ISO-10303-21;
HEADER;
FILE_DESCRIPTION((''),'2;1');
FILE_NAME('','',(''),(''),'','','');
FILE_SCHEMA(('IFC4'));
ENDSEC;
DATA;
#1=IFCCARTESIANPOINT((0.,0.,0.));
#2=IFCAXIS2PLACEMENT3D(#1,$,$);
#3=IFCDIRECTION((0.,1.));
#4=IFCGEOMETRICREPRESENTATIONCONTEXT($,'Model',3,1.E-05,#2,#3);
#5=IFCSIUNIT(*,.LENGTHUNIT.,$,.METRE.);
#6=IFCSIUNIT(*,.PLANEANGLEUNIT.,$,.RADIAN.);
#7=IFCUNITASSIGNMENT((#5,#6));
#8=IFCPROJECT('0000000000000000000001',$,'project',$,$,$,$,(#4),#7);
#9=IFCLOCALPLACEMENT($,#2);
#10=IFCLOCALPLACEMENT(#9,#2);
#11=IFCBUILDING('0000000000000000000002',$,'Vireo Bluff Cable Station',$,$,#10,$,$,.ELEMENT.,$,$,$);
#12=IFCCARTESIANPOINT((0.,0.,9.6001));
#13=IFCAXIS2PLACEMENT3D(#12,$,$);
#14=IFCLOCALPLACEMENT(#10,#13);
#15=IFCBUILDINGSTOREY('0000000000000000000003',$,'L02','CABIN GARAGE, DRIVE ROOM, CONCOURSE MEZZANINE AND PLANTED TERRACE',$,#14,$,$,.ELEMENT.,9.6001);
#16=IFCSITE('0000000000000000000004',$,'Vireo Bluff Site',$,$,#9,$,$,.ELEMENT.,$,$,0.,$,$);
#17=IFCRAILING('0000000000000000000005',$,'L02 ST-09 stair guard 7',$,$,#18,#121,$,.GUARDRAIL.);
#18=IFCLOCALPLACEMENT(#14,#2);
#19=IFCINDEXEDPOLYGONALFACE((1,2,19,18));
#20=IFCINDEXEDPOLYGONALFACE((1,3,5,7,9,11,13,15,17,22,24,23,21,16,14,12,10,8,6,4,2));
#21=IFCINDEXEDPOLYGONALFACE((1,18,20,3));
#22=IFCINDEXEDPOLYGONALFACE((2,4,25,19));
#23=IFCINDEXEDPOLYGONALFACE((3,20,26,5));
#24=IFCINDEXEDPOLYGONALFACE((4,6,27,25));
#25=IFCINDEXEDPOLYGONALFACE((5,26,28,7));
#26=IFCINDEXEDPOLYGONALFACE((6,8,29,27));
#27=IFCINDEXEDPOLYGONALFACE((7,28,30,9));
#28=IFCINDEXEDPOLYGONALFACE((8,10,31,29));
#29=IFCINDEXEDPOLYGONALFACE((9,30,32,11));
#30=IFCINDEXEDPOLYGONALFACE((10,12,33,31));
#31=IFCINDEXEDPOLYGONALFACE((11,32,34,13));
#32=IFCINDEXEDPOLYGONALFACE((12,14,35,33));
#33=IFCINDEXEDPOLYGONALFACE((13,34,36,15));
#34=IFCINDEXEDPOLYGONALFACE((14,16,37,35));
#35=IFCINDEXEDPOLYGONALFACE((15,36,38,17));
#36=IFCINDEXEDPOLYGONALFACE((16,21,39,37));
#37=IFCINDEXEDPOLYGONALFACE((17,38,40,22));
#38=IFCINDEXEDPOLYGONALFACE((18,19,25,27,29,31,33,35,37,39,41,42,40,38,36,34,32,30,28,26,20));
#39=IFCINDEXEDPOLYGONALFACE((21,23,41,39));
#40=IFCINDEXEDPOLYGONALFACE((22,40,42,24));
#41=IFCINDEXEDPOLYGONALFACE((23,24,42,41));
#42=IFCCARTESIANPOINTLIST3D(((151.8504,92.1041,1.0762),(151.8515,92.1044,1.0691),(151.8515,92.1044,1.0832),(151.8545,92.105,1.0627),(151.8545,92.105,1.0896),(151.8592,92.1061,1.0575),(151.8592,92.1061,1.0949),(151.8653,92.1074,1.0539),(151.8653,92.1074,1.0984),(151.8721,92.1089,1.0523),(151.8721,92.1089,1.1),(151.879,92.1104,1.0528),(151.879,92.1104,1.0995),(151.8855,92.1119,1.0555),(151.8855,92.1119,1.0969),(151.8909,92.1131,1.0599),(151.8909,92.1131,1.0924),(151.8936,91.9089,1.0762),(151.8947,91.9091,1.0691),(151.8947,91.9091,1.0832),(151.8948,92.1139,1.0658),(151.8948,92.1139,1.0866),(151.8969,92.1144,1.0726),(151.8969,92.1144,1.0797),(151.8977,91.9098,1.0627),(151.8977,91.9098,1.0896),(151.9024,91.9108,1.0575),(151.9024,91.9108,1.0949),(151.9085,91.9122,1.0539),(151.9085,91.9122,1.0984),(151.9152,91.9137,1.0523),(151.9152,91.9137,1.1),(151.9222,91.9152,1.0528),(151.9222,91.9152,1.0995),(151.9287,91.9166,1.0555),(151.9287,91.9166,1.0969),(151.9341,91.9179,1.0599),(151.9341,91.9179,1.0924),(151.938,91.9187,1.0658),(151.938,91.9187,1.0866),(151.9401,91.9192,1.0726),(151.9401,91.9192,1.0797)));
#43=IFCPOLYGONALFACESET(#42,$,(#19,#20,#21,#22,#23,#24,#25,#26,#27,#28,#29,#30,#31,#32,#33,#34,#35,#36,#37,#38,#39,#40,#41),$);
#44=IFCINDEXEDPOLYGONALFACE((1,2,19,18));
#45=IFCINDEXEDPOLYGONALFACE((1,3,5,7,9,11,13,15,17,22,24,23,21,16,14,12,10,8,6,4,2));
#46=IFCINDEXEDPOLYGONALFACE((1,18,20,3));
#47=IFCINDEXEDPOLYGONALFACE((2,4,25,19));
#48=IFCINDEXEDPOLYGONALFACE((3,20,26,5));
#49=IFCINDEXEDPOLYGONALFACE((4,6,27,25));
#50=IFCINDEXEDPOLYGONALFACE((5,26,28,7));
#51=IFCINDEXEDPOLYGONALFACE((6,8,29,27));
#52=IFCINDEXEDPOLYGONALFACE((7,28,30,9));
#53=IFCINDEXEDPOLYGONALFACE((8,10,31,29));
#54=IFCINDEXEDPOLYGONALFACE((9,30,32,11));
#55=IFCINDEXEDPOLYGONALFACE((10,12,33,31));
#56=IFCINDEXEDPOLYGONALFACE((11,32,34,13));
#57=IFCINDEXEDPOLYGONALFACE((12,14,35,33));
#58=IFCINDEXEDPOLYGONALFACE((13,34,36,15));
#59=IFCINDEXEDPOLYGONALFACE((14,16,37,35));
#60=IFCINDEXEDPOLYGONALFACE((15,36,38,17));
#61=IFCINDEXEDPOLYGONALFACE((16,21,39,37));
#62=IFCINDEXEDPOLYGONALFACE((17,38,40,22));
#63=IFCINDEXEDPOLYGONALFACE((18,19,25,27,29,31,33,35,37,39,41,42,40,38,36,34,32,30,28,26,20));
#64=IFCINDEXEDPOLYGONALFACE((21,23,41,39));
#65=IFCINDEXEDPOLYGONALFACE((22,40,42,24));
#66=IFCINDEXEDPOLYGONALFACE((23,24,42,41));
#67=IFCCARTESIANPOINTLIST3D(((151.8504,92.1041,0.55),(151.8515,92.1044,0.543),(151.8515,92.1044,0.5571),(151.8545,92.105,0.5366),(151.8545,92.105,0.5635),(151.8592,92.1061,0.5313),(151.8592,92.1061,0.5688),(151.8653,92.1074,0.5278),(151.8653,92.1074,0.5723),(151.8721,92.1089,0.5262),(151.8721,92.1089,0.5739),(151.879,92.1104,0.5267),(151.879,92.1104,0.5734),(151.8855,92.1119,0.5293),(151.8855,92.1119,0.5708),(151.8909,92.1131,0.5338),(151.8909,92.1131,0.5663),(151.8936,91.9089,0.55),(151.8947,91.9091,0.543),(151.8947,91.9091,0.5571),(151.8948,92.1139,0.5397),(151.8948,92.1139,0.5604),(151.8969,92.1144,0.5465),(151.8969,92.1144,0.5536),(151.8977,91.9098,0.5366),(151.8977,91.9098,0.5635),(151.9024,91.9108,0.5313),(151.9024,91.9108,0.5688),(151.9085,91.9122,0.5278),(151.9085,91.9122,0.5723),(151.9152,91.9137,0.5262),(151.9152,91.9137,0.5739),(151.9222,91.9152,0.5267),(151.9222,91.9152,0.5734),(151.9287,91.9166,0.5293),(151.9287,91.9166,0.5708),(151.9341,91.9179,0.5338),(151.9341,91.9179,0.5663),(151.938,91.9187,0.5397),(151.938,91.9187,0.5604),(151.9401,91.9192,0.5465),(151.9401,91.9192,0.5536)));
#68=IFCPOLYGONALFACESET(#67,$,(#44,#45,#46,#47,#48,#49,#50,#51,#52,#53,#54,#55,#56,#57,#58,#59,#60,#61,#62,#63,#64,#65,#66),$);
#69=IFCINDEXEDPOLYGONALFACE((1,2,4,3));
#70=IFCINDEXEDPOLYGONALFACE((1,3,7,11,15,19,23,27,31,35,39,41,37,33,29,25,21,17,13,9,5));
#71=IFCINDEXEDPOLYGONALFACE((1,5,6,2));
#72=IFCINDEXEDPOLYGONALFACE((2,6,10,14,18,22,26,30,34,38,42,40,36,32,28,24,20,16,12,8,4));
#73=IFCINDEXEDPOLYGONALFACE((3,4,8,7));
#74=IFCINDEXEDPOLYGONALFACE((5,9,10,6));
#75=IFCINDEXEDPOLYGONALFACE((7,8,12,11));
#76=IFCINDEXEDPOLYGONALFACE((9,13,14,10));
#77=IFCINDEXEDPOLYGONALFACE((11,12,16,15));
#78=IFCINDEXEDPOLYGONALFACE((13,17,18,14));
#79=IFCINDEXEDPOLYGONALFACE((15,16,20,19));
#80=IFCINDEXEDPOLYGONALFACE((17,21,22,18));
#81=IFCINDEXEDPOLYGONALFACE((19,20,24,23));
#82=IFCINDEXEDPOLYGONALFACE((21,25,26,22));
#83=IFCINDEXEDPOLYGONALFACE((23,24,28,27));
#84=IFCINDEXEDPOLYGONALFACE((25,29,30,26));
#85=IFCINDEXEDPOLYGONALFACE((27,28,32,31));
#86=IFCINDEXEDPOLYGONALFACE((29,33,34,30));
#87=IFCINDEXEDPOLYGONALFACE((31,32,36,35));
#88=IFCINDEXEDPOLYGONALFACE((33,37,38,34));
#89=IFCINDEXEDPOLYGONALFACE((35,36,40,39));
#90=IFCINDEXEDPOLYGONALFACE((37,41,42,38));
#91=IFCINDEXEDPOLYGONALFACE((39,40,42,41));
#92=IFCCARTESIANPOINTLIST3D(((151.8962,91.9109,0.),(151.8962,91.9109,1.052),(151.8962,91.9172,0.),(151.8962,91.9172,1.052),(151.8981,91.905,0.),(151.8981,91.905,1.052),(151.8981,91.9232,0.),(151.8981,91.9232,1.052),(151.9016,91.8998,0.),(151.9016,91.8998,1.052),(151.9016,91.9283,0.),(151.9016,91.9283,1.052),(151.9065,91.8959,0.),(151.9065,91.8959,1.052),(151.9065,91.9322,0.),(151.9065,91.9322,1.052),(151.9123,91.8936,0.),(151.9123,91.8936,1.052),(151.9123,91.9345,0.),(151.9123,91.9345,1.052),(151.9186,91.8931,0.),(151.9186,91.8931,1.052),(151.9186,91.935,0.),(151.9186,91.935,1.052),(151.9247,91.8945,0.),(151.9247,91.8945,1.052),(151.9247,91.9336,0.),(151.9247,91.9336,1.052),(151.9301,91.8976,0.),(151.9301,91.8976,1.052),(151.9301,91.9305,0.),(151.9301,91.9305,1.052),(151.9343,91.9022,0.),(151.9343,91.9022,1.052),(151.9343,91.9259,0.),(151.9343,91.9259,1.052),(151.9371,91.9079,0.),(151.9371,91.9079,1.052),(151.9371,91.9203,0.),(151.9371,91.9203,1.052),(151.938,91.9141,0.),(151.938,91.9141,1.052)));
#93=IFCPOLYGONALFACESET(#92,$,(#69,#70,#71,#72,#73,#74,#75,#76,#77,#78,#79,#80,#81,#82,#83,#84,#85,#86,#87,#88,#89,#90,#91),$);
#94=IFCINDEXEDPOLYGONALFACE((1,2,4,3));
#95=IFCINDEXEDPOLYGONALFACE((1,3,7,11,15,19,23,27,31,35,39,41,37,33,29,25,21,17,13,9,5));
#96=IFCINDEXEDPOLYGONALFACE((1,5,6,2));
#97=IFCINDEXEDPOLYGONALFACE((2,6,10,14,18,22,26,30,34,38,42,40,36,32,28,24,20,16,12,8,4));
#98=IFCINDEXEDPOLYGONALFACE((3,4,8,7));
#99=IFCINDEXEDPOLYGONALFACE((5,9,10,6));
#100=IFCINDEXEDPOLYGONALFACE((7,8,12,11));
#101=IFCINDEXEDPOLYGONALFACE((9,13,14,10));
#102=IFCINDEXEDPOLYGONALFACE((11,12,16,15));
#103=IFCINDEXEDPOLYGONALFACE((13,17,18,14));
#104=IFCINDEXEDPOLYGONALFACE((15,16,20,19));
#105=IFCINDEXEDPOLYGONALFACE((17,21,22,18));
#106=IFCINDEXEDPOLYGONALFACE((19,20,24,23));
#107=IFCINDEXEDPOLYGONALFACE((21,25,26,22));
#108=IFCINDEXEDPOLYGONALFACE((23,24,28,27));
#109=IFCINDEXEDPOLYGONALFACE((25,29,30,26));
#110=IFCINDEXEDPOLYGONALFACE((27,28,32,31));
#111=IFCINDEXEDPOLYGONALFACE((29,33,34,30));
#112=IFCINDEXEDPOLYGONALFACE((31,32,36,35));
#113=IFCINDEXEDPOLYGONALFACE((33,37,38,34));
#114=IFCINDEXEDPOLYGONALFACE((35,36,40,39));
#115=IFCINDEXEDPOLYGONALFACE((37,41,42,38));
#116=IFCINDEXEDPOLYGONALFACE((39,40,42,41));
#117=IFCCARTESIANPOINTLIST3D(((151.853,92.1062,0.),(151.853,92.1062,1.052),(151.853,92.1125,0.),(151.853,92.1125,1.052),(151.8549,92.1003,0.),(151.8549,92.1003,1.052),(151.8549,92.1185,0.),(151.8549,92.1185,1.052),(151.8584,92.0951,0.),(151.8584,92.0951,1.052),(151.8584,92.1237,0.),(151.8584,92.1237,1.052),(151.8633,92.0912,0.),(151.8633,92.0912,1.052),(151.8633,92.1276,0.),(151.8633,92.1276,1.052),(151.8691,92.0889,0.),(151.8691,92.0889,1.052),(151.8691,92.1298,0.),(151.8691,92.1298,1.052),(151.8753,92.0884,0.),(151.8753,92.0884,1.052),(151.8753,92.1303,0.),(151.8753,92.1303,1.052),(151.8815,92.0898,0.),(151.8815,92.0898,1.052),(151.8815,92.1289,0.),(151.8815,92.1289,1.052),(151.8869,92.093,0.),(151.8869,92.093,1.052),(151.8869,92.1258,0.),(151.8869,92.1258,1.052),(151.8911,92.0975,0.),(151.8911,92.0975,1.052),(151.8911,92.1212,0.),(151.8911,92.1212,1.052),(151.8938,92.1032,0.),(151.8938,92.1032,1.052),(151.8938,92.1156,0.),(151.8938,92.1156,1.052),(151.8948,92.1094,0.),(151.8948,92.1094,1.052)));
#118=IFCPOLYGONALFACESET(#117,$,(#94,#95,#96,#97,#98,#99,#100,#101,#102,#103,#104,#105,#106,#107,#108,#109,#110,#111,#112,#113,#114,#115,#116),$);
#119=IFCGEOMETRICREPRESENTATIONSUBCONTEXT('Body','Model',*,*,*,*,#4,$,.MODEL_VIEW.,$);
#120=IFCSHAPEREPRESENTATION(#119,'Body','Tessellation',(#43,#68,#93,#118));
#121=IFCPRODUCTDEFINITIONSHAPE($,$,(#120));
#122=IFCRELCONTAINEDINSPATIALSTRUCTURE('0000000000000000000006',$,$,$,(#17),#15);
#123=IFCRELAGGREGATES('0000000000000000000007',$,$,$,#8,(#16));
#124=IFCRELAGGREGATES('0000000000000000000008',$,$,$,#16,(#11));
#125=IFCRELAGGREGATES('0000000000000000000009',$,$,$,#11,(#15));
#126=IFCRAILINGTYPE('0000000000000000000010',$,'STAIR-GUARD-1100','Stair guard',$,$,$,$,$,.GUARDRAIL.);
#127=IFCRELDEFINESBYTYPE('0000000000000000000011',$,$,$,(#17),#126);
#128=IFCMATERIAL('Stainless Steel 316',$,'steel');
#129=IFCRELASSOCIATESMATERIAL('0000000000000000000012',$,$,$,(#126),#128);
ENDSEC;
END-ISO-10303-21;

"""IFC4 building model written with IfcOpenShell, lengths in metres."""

from ifc_helpers import new_model, si_unit, direction, frame, origin, origin_2d, place, context, subcontext, project, spatial, circle, extrude, material, type_object, element, save


model = new_model("IFC4")

# Units and contexts
model_context = context("Model", 3, precision=1e-05, world=origin(), true_north=direction((0.0, 1.0)))
body_context = subcontext(model_context, "Body", "Model", "MODEL_VIEW")
ifc_project = project(units=[si_unit("LENGTHUNIT", "METRE"), si_unit("PLANEANGLEUNIT", "RADIAN")], contexts=[model_context])

# Site, building, storey
site_placement = place(None, origin())
site = spatial("IfcSite", under=ifc_project, at=site_placement, Name="Vireo Bluff Site", CompositionType="ELEMENT", RefElevation=0.0)
building_placement = place(site_placement, origin())
building = spatial("IfcBuilding", under=site, at=building_placement, Name="Vireo Bluff Cable Station", CompositionType="ELEMENT")
storey_placement = place(building_placement, frame((0.0, 0.0, 9.6001)))
storey = spatial("IfcBuildingStorey", under=building, at=storey_placement, Name="L02", Description="CABIN GARAGE, DRIVE ROOM, CONCOURSE MEZZANINE AND PLANTED TERRACE", CompositionType="ELEMENT", Elevation=9.6001)

# Railing
ifc_material_1 = material(Name="Stainless Steel 316", Category="steel")
railing_type_1 = type_object("IfcRailingType", Name="STAIR-GUARD-1100", Description="Stair guard", PredefinedType="GUARDRAIL", material=ifc_material_1)
railing_1_placement = place(storey_placement, frame((151.917, 91.9141, 0.0)))
element("IfcRailing", 1, at=railing_1_placement, inside=storey, type_object=railing_type_1, Name="L02 ST-09 stair guard 7", PredefinedType="GUARDRAIL", context=body_context, shape_type="SweptSolid", body=[
    extrude(circle(Radius=0.0239, at=origin_2d()), frame((0.0, 0.0, 1.0762), z_axis=(-0.216026, 0.976388, 0.0), x_axis=(-0.976388, -0.216026, 0.0)), (0.0, 0.0, 1.0), 0.2),
    extrude(circle(Radius=0.0239, at=origin_2d()), frame((0.0, 0.0, 0.55), z_axis=(-0.216026, 0.976388, 0.0), x_axis=(-0.976388, -0.216026, 0.0)), (0.0, 0.0, 1.0), 0.2),
    extrude(circle(Radius=0.021, at=origin_2d()), origin(), (0.0, 0.0, 1.0), 1.052),
    extrude(circle(Radius=0.021, at=origin_2d()), frame((-0.0432, 0.1953, 0.0)), (0.0, 0.0, 1.0), 1.052),
])

save(model, "model.ifc")
